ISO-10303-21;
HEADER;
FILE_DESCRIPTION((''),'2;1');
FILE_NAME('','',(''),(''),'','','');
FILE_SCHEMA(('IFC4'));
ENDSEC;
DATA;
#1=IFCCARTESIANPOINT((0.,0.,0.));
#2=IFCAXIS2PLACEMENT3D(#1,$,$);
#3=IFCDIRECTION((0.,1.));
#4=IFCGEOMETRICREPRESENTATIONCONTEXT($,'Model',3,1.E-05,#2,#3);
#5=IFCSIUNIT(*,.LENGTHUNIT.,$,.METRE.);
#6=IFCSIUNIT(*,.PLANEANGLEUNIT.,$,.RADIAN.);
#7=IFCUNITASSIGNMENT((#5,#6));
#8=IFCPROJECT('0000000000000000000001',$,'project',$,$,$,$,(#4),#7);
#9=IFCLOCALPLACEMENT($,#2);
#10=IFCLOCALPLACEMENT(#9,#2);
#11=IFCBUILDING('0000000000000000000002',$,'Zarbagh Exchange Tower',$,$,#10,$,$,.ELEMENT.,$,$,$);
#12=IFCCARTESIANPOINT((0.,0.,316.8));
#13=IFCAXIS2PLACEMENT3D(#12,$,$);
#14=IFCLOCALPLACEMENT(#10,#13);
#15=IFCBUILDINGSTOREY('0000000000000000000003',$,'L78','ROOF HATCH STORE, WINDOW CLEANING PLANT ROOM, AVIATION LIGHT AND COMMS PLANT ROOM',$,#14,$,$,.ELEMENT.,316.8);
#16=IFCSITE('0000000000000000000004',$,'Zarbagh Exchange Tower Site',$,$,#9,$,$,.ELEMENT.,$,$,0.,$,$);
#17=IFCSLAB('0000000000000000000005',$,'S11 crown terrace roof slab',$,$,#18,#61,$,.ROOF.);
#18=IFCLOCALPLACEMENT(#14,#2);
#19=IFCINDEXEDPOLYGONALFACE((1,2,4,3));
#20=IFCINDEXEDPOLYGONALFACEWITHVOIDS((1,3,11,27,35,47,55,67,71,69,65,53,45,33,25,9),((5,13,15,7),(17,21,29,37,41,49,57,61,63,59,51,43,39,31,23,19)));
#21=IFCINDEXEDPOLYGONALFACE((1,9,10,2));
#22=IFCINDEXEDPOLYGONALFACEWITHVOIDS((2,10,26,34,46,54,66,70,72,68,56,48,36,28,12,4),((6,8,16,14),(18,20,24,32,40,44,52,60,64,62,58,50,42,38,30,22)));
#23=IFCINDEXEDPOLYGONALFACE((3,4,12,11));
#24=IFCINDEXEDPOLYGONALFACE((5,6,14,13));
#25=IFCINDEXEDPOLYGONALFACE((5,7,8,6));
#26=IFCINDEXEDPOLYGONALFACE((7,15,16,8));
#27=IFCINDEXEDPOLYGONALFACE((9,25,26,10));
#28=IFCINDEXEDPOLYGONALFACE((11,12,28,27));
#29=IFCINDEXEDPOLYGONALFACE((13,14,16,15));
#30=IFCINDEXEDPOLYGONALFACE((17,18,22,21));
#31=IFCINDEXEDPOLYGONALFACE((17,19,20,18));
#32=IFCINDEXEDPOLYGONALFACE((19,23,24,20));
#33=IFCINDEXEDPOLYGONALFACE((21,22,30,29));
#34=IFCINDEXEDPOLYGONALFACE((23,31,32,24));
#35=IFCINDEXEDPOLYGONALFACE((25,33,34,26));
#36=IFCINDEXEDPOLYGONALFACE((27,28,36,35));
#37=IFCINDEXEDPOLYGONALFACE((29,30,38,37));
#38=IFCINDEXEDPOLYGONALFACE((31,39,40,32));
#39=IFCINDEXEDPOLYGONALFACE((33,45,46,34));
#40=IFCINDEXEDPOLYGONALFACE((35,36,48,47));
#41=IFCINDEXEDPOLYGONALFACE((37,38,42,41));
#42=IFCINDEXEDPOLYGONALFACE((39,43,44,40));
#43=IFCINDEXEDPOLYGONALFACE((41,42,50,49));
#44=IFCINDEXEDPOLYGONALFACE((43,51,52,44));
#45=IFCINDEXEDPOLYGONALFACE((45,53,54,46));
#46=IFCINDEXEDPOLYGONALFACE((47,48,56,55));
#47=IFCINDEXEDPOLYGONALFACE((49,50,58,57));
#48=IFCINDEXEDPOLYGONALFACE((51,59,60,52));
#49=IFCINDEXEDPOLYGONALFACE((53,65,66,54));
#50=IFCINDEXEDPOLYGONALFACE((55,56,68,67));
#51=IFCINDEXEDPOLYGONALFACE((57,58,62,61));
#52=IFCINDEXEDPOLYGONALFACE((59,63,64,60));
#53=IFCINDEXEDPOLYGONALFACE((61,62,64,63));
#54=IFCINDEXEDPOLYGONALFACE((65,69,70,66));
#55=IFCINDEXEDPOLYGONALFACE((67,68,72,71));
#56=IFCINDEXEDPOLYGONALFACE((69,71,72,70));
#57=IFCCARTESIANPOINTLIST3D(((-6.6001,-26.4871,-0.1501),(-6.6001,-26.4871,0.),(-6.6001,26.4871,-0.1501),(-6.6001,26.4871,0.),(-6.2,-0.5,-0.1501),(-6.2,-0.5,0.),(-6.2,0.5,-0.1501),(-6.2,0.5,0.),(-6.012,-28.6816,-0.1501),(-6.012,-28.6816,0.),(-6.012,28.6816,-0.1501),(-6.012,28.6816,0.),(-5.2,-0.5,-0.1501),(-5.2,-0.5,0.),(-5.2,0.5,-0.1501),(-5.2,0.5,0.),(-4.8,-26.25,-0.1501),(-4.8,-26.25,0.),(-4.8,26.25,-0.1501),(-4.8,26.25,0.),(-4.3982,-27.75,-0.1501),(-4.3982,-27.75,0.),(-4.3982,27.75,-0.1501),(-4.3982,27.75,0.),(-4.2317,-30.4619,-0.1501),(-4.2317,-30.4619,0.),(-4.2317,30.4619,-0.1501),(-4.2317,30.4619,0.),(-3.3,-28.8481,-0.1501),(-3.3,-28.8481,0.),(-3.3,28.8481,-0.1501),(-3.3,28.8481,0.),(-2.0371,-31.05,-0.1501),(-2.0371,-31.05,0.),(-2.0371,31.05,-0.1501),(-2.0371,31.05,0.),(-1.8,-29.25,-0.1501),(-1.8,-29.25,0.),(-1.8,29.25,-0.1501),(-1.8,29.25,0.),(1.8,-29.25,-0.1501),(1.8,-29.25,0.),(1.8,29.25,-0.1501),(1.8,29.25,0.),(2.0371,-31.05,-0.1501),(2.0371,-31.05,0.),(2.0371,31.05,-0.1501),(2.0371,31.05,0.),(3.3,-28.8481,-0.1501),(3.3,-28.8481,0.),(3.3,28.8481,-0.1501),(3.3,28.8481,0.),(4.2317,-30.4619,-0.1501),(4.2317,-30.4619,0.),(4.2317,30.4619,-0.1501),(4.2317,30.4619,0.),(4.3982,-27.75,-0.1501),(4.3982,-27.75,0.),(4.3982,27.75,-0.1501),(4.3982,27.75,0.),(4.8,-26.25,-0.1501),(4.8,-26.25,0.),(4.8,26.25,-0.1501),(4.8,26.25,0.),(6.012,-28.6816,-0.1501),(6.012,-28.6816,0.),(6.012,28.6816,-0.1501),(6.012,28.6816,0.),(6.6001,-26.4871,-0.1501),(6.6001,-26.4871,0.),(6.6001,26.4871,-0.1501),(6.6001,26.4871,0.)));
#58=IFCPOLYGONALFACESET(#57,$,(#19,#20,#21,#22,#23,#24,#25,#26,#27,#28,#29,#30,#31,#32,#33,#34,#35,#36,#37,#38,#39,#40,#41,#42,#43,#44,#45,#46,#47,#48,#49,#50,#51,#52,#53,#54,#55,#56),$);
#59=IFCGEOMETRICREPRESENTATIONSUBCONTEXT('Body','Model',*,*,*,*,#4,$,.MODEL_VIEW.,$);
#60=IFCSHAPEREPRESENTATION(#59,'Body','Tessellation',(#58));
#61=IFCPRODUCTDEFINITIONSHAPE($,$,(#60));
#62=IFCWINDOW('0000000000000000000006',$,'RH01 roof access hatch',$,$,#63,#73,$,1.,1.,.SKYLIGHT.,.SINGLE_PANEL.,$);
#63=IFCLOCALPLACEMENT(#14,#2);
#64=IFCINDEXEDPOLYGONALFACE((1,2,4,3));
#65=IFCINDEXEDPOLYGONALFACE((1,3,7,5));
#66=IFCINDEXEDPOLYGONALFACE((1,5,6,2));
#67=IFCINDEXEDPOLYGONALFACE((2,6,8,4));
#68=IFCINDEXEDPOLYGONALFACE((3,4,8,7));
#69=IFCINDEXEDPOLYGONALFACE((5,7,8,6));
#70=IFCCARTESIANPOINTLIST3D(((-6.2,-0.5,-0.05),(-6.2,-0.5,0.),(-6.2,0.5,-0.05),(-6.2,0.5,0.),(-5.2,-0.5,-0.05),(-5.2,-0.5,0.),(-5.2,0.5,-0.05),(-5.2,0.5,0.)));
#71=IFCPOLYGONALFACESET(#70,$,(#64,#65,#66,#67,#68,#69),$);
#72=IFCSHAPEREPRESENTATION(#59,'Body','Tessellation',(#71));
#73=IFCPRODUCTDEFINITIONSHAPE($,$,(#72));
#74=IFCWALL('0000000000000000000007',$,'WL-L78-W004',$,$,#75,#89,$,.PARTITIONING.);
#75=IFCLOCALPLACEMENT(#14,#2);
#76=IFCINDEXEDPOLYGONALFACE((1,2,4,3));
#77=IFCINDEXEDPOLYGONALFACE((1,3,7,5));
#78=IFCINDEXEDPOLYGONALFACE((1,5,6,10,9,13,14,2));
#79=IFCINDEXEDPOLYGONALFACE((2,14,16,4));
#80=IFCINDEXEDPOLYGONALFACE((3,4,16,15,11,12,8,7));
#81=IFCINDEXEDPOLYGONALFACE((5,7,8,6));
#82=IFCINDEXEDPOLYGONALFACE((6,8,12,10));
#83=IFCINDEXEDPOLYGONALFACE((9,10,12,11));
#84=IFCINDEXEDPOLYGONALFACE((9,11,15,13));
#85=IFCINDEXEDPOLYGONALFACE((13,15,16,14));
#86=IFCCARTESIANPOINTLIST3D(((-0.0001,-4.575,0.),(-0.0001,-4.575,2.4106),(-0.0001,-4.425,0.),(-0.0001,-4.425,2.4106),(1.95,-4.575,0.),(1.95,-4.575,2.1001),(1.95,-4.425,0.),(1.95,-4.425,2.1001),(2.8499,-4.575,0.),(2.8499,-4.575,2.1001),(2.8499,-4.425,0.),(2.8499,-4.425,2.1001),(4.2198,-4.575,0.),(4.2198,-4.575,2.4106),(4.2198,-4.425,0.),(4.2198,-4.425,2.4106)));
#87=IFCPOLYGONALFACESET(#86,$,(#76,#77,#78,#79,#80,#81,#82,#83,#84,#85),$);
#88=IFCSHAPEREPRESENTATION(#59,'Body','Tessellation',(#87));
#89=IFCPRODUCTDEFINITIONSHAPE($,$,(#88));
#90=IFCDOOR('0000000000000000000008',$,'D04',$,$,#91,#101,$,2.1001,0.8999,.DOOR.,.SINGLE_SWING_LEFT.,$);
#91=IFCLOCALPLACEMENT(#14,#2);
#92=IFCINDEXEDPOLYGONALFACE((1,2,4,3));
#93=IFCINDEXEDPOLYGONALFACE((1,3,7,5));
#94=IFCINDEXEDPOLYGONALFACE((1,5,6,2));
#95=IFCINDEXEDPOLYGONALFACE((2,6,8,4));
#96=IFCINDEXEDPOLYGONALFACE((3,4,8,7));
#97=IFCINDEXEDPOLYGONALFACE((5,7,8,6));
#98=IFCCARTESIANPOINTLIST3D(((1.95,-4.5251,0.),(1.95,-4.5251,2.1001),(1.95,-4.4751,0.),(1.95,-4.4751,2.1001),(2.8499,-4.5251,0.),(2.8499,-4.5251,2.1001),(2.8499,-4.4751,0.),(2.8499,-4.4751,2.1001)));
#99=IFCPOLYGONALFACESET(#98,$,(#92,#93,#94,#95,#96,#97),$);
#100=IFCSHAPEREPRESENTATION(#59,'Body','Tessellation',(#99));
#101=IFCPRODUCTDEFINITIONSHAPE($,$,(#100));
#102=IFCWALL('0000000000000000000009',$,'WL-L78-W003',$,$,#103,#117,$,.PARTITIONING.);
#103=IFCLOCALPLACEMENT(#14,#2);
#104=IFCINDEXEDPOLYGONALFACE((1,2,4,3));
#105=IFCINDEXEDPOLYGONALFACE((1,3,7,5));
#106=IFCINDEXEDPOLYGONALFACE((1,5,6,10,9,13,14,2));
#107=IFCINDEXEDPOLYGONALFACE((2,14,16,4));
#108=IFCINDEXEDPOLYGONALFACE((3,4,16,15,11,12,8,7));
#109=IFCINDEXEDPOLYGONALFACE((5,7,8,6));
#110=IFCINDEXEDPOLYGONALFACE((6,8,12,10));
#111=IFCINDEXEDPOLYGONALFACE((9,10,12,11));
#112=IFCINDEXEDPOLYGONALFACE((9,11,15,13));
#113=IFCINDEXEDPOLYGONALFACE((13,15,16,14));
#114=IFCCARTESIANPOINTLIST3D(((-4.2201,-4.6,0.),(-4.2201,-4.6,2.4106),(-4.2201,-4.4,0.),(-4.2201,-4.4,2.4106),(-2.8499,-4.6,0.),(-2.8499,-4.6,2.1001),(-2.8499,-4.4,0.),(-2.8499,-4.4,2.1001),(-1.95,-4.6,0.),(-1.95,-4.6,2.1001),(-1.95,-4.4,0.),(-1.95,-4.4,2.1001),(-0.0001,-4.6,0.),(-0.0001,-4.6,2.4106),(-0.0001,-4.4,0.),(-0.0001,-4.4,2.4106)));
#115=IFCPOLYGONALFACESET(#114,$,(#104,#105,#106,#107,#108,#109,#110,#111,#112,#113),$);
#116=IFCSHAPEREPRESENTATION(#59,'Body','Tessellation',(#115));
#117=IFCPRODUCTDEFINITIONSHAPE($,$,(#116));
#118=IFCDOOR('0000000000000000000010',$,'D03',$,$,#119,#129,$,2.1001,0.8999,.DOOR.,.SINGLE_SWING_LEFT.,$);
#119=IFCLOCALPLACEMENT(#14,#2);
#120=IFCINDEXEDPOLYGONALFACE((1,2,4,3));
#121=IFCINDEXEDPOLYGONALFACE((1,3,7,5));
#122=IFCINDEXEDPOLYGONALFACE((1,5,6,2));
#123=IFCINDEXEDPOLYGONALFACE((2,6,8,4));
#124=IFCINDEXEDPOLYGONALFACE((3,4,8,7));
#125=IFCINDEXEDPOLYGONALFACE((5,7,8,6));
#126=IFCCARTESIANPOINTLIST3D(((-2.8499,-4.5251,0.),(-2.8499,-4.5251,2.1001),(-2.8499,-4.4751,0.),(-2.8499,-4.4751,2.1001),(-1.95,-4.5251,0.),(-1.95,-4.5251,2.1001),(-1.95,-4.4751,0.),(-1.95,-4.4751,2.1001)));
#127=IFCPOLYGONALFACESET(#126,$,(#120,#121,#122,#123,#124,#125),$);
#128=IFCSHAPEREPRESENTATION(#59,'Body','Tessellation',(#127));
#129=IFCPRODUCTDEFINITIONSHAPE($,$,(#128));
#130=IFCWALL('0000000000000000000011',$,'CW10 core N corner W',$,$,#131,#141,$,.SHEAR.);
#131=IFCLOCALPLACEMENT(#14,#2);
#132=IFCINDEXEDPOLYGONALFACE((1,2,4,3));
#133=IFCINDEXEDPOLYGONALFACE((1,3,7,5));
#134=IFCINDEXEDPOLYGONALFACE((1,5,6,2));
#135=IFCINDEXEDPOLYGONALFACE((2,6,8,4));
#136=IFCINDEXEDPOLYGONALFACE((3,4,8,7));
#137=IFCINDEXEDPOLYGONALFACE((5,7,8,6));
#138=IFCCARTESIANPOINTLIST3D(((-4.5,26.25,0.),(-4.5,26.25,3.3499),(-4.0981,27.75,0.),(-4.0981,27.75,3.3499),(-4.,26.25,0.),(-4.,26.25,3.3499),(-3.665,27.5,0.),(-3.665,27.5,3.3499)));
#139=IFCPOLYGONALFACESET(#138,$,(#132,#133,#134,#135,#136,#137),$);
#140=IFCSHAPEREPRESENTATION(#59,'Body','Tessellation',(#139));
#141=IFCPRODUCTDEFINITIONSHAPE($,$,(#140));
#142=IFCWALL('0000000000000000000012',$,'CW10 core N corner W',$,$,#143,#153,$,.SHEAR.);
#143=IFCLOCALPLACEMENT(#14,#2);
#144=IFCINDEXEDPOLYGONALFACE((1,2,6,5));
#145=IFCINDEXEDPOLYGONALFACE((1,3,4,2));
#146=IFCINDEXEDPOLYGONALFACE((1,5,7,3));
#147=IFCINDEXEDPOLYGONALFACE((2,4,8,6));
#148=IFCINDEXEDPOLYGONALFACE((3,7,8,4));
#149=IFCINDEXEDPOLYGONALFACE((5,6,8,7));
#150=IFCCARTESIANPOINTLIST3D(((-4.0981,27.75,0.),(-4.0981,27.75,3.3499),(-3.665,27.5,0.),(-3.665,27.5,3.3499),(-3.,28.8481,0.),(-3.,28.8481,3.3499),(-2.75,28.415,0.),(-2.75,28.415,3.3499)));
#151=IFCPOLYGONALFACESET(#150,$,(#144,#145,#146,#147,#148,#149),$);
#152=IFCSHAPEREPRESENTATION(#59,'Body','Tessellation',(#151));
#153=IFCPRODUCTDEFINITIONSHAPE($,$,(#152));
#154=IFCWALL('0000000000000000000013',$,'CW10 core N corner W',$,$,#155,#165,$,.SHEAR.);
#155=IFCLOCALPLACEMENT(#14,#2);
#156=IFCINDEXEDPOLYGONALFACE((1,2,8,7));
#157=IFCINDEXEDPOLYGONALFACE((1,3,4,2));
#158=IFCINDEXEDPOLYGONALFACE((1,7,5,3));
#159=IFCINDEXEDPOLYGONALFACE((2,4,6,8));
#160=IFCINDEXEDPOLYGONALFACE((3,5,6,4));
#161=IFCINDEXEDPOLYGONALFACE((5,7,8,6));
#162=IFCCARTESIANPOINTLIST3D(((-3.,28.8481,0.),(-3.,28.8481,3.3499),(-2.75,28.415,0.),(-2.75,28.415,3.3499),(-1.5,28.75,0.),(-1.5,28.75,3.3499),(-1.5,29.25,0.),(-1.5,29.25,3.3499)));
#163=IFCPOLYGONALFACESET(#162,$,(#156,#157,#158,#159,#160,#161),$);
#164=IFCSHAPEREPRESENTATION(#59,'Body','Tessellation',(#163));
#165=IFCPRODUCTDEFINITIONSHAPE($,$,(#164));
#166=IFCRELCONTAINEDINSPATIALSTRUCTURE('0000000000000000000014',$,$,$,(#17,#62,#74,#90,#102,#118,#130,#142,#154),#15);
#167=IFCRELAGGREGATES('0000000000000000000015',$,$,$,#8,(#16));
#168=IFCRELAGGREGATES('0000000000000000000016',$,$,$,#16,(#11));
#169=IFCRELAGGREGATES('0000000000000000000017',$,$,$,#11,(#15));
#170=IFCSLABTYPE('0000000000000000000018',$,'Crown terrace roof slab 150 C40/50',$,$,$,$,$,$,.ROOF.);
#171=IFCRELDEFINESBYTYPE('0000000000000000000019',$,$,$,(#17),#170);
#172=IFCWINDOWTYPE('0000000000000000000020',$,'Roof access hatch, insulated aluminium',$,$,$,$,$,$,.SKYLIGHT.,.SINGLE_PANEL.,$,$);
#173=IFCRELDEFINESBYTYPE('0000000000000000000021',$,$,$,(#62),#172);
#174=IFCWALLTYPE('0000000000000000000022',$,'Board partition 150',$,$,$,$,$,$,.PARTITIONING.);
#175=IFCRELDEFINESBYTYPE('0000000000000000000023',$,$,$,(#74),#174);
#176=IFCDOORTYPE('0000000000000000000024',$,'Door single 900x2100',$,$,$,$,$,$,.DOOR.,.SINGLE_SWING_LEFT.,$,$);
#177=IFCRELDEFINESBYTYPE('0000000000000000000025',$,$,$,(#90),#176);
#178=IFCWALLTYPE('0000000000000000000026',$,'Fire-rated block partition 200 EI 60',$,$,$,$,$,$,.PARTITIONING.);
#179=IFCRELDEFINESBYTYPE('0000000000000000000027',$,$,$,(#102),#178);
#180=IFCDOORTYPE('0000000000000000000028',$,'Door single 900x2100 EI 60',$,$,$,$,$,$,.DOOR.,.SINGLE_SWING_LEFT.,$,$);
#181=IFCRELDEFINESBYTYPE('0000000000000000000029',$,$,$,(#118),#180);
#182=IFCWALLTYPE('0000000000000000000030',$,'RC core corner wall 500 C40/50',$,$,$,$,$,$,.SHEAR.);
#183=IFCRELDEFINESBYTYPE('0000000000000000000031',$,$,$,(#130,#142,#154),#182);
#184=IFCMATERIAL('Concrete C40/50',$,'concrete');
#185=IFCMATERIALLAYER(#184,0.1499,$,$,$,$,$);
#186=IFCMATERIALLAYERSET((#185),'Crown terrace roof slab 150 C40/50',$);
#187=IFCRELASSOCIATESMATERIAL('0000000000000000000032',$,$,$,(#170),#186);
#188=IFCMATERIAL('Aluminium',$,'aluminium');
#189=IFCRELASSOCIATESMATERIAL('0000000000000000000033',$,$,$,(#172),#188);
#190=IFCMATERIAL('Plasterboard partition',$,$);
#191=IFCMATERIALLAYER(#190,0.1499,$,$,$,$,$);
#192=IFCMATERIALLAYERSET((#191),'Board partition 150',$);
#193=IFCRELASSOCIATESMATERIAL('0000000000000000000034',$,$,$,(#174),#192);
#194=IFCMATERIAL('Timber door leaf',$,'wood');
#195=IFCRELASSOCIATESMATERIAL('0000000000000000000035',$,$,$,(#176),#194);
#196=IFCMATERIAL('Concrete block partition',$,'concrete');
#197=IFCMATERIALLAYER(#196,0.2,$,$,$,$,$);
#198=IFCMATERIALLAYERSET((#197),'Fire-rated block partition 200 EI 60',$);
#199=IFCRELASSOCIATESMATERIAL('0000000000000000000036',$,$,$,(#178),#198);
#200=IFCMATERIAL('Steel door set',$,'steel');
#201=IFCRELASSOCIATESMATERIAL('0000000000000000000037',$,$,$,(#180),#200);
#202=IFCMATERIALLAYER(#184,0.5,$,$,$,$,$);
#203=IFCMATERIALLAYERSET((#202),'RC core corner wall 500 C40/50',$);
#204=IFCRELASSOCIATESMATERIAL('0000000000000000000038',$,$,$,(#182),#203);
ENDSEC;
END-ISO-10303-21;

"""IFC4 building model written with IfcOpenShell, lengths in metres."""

from ifc_helpers import new_model, si_unit, direction, frame, frame_2d, origin, origin_2d, place, context, subcontext, project, spatial, polyline, rectangle, outline, extrude, material, layer, layer_set, type_object, element, fill, save


model = new_model("IFC4")

# Units and contexts
model_context = context("Model", 3, precision=1e-05, world=origin(), true_north=direction((0.0, 1.0)))
body_context = subcontext(model_context, "Body", "Model", "MODEL_VIEW")
ifc_project = project(units=[si_unit("LENGTHUNIT", "METRE"), si_unit("PLANEANGLEUNIT", "RADIAN")], contexts=[model_context])

# Site, building, storey
site_placement = place(None, origin())
site = spatial("IfcSite", under=ifc_project, at=site_placement, Name="Zarbagh Exchange Tower Site", CompositionType="ELEMENT", RefElevation=0.0)
building_placement = place(site_placement, origin())
building = spatial("IfcBuilding", under=site, at=building_placement, Name="Zarbagh Exchange Tower", CompositionType="ELEMENT")
storey_placement = place(building_placement, frame((0.0, 0.0, 316.8)))
storey = spatial("IfcBuildingStorey", under=building, at=storey_placement, Name="L78", Description="ROOF HATCH STORE, WINDOW CLEANING PLANT ROOM, AVIATION LIGHT AND COMMS PLANT ROOM", CompositionType="ELEMENT", Elevation=316.8)

# Shared definitions
ifc_material_1 = material(Name="Concrete C40/50", Category="concrete")

# Slab, opening, window
ifc_layer_1 = layer(ifc_material_1, 0.1499)
ifc_layer_set_1 = layer_set([ifc_layer_1], Name="Crown terrace roof slab 150 C40/50")
slab_type_1 = type_object("IfcSlabType", Name="Crown terrace roof slab 150 C40/50", PredefinedType="ROOF", material=ifc_layer_set_1)
slab_1_placement = place(storey_placement, frame((0.0, 0.0, -0.1501)))
slab_1 = element("IfcSlab", 1, at=slab_1_placement, inside=storey, type_object=slab_type_1, Name="S11 crown terrace roof slab", PredefinedType="ROOF", context=body_context, shape_type="SweptSolid", body=[
    extrude(outline(polyline([(-2.0371, -31.05), (-4.2317, -30.4619), (-6.012, -28.6816), (-6.6001, -26.4871), (-6.6001, 26.4871), (-6.012, 28.6816), (-4.2317, 30.4619), (-2.0371, 31.05), (2.0371, 31.05), (4.2317, 30.4619), (6.012, 28.6816), (6.6001, 26.4871), (6.6001, -26.4871), (6.012, -28.6816), (4.2317, -30.4619), (2.0371, -31.05), (-2.0371, -31.05)]), holes=[polyline([(3.3, -28.8481), (4.3982, -27.75), (4.8, -26.25), (4.8, 26.25), (4.3982, 27.75), (3.3, 28.8481), (1.8, 29.25), (-1.8, 29.25), (-3.3, 28.8481), (-4.3982, 27.75), (-4.8, 26.25), (-4.8, -26.25), (-4.3982, -27.75), (-3.3, -28.8481), (-1.8, -29.25), (1.8, -29.25), (3.3, -28.8481)])]), origin(), (0.0, 0.0, 1.0), 0.1501),
])
opening_1_placement = place(slab_1_placement, frame((-5.7, 0.0, 0.0)))
opening_1 = element("IfcOpeningElement", 2, at=opening_1_placement, cuts=slab_1, PredefinedType="OPENING", context=body_context, shape_type="SweptSolid", body=[
    extrude(rectangle(XDim=1.0, YDim=1.0, at=origin_2d()), frame((0.0, 0.0, -0.01)), (0.0, 0.0, 1.0), 0.1702),
])
ifc_material_2 = material(Name="Aluminium", Category="aluminium")
window_type = type_object("IfcWindowType", Name="Roof access hatch, insulated aluminium", PartitioningType="SINGLE_PANEL", PredefinedType="SKYLIGHT", material=ifc_material_2)
window_placement = place(opening_1_placement, frame((0.0, 0.0, 0.1001)))
window = element("IfcWindow", 3, at=window_placement, inside=storey, type_object=window_type, Name="RH01 roof access hatch", OverallHeight=1.0, OverallWidth=1.0, PartitioningType="SINGLE_PANEL", PredefinedType="SKYLIGHT", context=body_context, shape_type="SweptSolid", body=[
    extrude(rectangle(XDim=1.0, YDim=1.0, at=origin_2d()), origin(), (0.0, 0.0, 1.0), 0.05),
])
fill(opening_1, window)

# Walls, openings, doors
ifc_material_3 = material(Name="Plasterboard partition")
ifc_layer_2 = layer(ifc_material_3, 0.1499)
ifc_layer_set_2 = layer_set([ifc_layer_2], Name="Board partition 150")
wall_type_1 = type_object("IfcWallType", Name="Board partition 150", PredefinedType="PARTITIONING", material=ifc_layer_set_2)
wall_1_placement = place(storey_placement, frame((0.0, -4.5, 0.0), z_axis=(0.0, 0.0, 1.0), x_axis=(1.0, 0.0, 0.0)))
wall_1 = element("IfcWall", 4, at=wall_1_placement, inside=storey, type_object=wall_type_1, Name="WL-L78-W004", PredefinedType="PARTITIONING", context=body_context, shape_type="SweptSolid", body=[
    extrude(rectangle(XDim=4.22, YDim=0.1499, at=frame_2d((2.1099, 0.0))), origin(), (0.0, 0.0, 1.0), 2.4106),
])
opening_2_placement = place(wall_1_placement, frame((1.95, 0.0, 0.0)))
opening_2 = element("IfcOpeningElement", 5, at=opening_2_placement, cuts=wall_1, PredefinedType="OPENING", context=body_context, shape_type="SweptSolid", body=[
    extrude(rectangle(XDim=0.8999, YDim=2.1001, at=frame_2d((0.45, 1.05))), frame((0.0, 0.085, 0.0), z_axis=(0.0, -1.0, 0.0), x_axis=(1.0, 0.0, 0.0)), (0.0, 0.0, 1.0), 0.1699),
])
ifc_material_4 = material(Name="Timber door leaf", Category="wood")
door_type_1 = type_object("IfcDoorType", Name="Door single 900x2100", OperationType="SINGLE_SWING_LEFT", PredefinedType="DOOR", material=ifc_material_4)
door_1_placement = place(opening_2_placement, origin())
door_1 = element("IfcDoor", 6, at=door_1_placement, inside=storey, type_object=door_type_1, Name="D04", OperationType="SINGLE_SWING_LEFT", OverallHeight=2.1001, OverallWidth=0.8999, PredefinedType="DOOR", context=body_context, shape_type="SweptSolid", body=[
    extrude(rectangle(XDim=0.8999, YDim=2.1001, at=frame_2d((0.45, 1.05))), frame((0.0, 0.0249, 0.0), z_axis=(0.0, -1.0, 0.0), x_axis=(1.0, 0.0, 0.0)), (0.0, 0.0, 1.0), 0.05),
])
fill(opening_2, door_1)
ifc_material_5 = material(Name="Concrete block partition", Category="concrete")
ifc_layer_3 = layer(ifc_material_5, 0.2)
ifc_layer_set_3 = layer_set([ifc_layer_3], Name="Fire-rated block partition 200 EI 60")
wall_type_2 = type_object("IfcWallType", Name="Fire-rated block partition 200 EI 60", PredefinedType="PARTITIONING", material=ifc_layer_set_3)
wall_2_placement = place(storey_placement, frame((-4.22, -4.5, 0.0), z_axis=(0.0, 0.0, 1.0), x_axis=(1.0, 0.0, 0.0)))
wall_2 = element("IfcWall", 7, at=wall_2_placement, inside=storey, type_object=wall_type_2, Name="WL-L78-W003", PredefinedType="PARTITIONING", context=body_context, shape_type="SweptSolid", body=[
    extrude(rectangle(XDim=4.22, YDim=0.2, at=frame_2d((2.1099, 0.0))), origin(), (0.0, 0.0, 1.0), 2.4106),
])
opening_3_placement = place(wall_2_placement, frame((1.3701, 0.0, 0.0)))
opening_3 = element("IfcOpeningElement", 8, at=opening_3_placement, cuts=wall_2, PredefinedType="OPENING", context=body_context, shape_type="SweptSolid", body=[
    extrude(rectangle(XDim=0.8999, YDim=2.1001, at=frame_2d((0.45, 1.05))), frame((0.0, 0.1099, 0.0), z_axis=(0.0, -1.0, 0.0), x_axis=(1.0, 0.0, 0.0)), (0.0, 0.0, 1.0), 0.22),
])
ifc_material_6 = material(Name="Steel door set", Category="steel")
door_type_2 = type_object("IfcDoorType", Name="Door single 900x2100 EI 60", OperationType="SINGLE_SWING_LEFT", PredefinedType="DOOR", material=ifc_material_6)
door_2_placement = place(opening_3_placement, origin())
door_2 = element("IfcDoor", 9, at=door_2_placement, inside=storey, type_object=door_type_2, Name="D03", OperationType="SINGLE_SWING_LEFT", OverallHeight=2.1001, OverallWidth=0.8999, PredefinedType="DOOR", context=body_context, shape_type="SweptSolid", body=[
    extrude(rectangle(XDim=0.8999, YDim=2.1001, at=frame_2d((0.45, 1.05))), frame((0.0, 0.0249, 0.0), z_axis=(0.0, -1.0, 0.0), x_axis=(1.0, 0.0, 0.0)), (0.0, 0.0, 1.0), 0.05),
])
fill(opening_3, door_2)

# Walls
ifc_layer_4 = layer(ifc_material_1, 0.5)
ifc_layer_set_4 = layer_set([ifc_layer_4], Name="RC core corner wall 500 C40/50")
wall_type_3 = type_object("IfcWallType", Name="RC core corner wall 500 C40/50", PredefinedType="SHEAR", material=ifc_layer_set_4)
wall_3_placement = place(storey_placement, origin())
element("IfcWall", 10, at=wall_3_placement, inside=storey, type_object=wall_type_3, Name="CW10 core N corner W", PredefinedType="SHEAR", context=body_context, shape_type="SweptSolid", body=[
    extrude(outline(polyline([(-4.5, 26.25), (-4.0981, 27.75), (-3.665, 27.5), (-4.0, 26.25), (-4.5, 26.25)])), origin(), (0.0, 0.0, 1.0), 3.3499),
])
wall_4_placement = place(storey_placement, origin())
element("IfcWall", 11, at=wall_4_placement, inside=storey, type_object=wall_type_3, Name="CW10 core N corner W", PredefinedType="SHEAR", context=body_context, shape_type="SweptSolid", body=[
    extrude(outline(polyline([(-4.0981, 27.75), (-3.0, 28.8481), (-2.75, 28.415), (-3.665, 27.5), (-4.0981, 27.75)])), origin(), (0.0, 0.0, 1.0), 3.3499),
])
wall_5_placement = place(storey_placement, origin())
element("IfcWall", 12, at=wall_5_placement, inside=storey, type_object=wall_type_3, Name="CW10 core N corner W", PredefinedType="SHEAR", context=body_context, shape_type="SweptSolid", body=[
    extrude(outline(polyline([(-3.0, 28.8481), (-1.5, 29.25), (-1.5, 28.75), (-2.75, 28.415), (-3.0, 28.8481)])), origin(), (0.0, 0.0, 1.0), 3.3499),
])

save(model, "model.ifc")
